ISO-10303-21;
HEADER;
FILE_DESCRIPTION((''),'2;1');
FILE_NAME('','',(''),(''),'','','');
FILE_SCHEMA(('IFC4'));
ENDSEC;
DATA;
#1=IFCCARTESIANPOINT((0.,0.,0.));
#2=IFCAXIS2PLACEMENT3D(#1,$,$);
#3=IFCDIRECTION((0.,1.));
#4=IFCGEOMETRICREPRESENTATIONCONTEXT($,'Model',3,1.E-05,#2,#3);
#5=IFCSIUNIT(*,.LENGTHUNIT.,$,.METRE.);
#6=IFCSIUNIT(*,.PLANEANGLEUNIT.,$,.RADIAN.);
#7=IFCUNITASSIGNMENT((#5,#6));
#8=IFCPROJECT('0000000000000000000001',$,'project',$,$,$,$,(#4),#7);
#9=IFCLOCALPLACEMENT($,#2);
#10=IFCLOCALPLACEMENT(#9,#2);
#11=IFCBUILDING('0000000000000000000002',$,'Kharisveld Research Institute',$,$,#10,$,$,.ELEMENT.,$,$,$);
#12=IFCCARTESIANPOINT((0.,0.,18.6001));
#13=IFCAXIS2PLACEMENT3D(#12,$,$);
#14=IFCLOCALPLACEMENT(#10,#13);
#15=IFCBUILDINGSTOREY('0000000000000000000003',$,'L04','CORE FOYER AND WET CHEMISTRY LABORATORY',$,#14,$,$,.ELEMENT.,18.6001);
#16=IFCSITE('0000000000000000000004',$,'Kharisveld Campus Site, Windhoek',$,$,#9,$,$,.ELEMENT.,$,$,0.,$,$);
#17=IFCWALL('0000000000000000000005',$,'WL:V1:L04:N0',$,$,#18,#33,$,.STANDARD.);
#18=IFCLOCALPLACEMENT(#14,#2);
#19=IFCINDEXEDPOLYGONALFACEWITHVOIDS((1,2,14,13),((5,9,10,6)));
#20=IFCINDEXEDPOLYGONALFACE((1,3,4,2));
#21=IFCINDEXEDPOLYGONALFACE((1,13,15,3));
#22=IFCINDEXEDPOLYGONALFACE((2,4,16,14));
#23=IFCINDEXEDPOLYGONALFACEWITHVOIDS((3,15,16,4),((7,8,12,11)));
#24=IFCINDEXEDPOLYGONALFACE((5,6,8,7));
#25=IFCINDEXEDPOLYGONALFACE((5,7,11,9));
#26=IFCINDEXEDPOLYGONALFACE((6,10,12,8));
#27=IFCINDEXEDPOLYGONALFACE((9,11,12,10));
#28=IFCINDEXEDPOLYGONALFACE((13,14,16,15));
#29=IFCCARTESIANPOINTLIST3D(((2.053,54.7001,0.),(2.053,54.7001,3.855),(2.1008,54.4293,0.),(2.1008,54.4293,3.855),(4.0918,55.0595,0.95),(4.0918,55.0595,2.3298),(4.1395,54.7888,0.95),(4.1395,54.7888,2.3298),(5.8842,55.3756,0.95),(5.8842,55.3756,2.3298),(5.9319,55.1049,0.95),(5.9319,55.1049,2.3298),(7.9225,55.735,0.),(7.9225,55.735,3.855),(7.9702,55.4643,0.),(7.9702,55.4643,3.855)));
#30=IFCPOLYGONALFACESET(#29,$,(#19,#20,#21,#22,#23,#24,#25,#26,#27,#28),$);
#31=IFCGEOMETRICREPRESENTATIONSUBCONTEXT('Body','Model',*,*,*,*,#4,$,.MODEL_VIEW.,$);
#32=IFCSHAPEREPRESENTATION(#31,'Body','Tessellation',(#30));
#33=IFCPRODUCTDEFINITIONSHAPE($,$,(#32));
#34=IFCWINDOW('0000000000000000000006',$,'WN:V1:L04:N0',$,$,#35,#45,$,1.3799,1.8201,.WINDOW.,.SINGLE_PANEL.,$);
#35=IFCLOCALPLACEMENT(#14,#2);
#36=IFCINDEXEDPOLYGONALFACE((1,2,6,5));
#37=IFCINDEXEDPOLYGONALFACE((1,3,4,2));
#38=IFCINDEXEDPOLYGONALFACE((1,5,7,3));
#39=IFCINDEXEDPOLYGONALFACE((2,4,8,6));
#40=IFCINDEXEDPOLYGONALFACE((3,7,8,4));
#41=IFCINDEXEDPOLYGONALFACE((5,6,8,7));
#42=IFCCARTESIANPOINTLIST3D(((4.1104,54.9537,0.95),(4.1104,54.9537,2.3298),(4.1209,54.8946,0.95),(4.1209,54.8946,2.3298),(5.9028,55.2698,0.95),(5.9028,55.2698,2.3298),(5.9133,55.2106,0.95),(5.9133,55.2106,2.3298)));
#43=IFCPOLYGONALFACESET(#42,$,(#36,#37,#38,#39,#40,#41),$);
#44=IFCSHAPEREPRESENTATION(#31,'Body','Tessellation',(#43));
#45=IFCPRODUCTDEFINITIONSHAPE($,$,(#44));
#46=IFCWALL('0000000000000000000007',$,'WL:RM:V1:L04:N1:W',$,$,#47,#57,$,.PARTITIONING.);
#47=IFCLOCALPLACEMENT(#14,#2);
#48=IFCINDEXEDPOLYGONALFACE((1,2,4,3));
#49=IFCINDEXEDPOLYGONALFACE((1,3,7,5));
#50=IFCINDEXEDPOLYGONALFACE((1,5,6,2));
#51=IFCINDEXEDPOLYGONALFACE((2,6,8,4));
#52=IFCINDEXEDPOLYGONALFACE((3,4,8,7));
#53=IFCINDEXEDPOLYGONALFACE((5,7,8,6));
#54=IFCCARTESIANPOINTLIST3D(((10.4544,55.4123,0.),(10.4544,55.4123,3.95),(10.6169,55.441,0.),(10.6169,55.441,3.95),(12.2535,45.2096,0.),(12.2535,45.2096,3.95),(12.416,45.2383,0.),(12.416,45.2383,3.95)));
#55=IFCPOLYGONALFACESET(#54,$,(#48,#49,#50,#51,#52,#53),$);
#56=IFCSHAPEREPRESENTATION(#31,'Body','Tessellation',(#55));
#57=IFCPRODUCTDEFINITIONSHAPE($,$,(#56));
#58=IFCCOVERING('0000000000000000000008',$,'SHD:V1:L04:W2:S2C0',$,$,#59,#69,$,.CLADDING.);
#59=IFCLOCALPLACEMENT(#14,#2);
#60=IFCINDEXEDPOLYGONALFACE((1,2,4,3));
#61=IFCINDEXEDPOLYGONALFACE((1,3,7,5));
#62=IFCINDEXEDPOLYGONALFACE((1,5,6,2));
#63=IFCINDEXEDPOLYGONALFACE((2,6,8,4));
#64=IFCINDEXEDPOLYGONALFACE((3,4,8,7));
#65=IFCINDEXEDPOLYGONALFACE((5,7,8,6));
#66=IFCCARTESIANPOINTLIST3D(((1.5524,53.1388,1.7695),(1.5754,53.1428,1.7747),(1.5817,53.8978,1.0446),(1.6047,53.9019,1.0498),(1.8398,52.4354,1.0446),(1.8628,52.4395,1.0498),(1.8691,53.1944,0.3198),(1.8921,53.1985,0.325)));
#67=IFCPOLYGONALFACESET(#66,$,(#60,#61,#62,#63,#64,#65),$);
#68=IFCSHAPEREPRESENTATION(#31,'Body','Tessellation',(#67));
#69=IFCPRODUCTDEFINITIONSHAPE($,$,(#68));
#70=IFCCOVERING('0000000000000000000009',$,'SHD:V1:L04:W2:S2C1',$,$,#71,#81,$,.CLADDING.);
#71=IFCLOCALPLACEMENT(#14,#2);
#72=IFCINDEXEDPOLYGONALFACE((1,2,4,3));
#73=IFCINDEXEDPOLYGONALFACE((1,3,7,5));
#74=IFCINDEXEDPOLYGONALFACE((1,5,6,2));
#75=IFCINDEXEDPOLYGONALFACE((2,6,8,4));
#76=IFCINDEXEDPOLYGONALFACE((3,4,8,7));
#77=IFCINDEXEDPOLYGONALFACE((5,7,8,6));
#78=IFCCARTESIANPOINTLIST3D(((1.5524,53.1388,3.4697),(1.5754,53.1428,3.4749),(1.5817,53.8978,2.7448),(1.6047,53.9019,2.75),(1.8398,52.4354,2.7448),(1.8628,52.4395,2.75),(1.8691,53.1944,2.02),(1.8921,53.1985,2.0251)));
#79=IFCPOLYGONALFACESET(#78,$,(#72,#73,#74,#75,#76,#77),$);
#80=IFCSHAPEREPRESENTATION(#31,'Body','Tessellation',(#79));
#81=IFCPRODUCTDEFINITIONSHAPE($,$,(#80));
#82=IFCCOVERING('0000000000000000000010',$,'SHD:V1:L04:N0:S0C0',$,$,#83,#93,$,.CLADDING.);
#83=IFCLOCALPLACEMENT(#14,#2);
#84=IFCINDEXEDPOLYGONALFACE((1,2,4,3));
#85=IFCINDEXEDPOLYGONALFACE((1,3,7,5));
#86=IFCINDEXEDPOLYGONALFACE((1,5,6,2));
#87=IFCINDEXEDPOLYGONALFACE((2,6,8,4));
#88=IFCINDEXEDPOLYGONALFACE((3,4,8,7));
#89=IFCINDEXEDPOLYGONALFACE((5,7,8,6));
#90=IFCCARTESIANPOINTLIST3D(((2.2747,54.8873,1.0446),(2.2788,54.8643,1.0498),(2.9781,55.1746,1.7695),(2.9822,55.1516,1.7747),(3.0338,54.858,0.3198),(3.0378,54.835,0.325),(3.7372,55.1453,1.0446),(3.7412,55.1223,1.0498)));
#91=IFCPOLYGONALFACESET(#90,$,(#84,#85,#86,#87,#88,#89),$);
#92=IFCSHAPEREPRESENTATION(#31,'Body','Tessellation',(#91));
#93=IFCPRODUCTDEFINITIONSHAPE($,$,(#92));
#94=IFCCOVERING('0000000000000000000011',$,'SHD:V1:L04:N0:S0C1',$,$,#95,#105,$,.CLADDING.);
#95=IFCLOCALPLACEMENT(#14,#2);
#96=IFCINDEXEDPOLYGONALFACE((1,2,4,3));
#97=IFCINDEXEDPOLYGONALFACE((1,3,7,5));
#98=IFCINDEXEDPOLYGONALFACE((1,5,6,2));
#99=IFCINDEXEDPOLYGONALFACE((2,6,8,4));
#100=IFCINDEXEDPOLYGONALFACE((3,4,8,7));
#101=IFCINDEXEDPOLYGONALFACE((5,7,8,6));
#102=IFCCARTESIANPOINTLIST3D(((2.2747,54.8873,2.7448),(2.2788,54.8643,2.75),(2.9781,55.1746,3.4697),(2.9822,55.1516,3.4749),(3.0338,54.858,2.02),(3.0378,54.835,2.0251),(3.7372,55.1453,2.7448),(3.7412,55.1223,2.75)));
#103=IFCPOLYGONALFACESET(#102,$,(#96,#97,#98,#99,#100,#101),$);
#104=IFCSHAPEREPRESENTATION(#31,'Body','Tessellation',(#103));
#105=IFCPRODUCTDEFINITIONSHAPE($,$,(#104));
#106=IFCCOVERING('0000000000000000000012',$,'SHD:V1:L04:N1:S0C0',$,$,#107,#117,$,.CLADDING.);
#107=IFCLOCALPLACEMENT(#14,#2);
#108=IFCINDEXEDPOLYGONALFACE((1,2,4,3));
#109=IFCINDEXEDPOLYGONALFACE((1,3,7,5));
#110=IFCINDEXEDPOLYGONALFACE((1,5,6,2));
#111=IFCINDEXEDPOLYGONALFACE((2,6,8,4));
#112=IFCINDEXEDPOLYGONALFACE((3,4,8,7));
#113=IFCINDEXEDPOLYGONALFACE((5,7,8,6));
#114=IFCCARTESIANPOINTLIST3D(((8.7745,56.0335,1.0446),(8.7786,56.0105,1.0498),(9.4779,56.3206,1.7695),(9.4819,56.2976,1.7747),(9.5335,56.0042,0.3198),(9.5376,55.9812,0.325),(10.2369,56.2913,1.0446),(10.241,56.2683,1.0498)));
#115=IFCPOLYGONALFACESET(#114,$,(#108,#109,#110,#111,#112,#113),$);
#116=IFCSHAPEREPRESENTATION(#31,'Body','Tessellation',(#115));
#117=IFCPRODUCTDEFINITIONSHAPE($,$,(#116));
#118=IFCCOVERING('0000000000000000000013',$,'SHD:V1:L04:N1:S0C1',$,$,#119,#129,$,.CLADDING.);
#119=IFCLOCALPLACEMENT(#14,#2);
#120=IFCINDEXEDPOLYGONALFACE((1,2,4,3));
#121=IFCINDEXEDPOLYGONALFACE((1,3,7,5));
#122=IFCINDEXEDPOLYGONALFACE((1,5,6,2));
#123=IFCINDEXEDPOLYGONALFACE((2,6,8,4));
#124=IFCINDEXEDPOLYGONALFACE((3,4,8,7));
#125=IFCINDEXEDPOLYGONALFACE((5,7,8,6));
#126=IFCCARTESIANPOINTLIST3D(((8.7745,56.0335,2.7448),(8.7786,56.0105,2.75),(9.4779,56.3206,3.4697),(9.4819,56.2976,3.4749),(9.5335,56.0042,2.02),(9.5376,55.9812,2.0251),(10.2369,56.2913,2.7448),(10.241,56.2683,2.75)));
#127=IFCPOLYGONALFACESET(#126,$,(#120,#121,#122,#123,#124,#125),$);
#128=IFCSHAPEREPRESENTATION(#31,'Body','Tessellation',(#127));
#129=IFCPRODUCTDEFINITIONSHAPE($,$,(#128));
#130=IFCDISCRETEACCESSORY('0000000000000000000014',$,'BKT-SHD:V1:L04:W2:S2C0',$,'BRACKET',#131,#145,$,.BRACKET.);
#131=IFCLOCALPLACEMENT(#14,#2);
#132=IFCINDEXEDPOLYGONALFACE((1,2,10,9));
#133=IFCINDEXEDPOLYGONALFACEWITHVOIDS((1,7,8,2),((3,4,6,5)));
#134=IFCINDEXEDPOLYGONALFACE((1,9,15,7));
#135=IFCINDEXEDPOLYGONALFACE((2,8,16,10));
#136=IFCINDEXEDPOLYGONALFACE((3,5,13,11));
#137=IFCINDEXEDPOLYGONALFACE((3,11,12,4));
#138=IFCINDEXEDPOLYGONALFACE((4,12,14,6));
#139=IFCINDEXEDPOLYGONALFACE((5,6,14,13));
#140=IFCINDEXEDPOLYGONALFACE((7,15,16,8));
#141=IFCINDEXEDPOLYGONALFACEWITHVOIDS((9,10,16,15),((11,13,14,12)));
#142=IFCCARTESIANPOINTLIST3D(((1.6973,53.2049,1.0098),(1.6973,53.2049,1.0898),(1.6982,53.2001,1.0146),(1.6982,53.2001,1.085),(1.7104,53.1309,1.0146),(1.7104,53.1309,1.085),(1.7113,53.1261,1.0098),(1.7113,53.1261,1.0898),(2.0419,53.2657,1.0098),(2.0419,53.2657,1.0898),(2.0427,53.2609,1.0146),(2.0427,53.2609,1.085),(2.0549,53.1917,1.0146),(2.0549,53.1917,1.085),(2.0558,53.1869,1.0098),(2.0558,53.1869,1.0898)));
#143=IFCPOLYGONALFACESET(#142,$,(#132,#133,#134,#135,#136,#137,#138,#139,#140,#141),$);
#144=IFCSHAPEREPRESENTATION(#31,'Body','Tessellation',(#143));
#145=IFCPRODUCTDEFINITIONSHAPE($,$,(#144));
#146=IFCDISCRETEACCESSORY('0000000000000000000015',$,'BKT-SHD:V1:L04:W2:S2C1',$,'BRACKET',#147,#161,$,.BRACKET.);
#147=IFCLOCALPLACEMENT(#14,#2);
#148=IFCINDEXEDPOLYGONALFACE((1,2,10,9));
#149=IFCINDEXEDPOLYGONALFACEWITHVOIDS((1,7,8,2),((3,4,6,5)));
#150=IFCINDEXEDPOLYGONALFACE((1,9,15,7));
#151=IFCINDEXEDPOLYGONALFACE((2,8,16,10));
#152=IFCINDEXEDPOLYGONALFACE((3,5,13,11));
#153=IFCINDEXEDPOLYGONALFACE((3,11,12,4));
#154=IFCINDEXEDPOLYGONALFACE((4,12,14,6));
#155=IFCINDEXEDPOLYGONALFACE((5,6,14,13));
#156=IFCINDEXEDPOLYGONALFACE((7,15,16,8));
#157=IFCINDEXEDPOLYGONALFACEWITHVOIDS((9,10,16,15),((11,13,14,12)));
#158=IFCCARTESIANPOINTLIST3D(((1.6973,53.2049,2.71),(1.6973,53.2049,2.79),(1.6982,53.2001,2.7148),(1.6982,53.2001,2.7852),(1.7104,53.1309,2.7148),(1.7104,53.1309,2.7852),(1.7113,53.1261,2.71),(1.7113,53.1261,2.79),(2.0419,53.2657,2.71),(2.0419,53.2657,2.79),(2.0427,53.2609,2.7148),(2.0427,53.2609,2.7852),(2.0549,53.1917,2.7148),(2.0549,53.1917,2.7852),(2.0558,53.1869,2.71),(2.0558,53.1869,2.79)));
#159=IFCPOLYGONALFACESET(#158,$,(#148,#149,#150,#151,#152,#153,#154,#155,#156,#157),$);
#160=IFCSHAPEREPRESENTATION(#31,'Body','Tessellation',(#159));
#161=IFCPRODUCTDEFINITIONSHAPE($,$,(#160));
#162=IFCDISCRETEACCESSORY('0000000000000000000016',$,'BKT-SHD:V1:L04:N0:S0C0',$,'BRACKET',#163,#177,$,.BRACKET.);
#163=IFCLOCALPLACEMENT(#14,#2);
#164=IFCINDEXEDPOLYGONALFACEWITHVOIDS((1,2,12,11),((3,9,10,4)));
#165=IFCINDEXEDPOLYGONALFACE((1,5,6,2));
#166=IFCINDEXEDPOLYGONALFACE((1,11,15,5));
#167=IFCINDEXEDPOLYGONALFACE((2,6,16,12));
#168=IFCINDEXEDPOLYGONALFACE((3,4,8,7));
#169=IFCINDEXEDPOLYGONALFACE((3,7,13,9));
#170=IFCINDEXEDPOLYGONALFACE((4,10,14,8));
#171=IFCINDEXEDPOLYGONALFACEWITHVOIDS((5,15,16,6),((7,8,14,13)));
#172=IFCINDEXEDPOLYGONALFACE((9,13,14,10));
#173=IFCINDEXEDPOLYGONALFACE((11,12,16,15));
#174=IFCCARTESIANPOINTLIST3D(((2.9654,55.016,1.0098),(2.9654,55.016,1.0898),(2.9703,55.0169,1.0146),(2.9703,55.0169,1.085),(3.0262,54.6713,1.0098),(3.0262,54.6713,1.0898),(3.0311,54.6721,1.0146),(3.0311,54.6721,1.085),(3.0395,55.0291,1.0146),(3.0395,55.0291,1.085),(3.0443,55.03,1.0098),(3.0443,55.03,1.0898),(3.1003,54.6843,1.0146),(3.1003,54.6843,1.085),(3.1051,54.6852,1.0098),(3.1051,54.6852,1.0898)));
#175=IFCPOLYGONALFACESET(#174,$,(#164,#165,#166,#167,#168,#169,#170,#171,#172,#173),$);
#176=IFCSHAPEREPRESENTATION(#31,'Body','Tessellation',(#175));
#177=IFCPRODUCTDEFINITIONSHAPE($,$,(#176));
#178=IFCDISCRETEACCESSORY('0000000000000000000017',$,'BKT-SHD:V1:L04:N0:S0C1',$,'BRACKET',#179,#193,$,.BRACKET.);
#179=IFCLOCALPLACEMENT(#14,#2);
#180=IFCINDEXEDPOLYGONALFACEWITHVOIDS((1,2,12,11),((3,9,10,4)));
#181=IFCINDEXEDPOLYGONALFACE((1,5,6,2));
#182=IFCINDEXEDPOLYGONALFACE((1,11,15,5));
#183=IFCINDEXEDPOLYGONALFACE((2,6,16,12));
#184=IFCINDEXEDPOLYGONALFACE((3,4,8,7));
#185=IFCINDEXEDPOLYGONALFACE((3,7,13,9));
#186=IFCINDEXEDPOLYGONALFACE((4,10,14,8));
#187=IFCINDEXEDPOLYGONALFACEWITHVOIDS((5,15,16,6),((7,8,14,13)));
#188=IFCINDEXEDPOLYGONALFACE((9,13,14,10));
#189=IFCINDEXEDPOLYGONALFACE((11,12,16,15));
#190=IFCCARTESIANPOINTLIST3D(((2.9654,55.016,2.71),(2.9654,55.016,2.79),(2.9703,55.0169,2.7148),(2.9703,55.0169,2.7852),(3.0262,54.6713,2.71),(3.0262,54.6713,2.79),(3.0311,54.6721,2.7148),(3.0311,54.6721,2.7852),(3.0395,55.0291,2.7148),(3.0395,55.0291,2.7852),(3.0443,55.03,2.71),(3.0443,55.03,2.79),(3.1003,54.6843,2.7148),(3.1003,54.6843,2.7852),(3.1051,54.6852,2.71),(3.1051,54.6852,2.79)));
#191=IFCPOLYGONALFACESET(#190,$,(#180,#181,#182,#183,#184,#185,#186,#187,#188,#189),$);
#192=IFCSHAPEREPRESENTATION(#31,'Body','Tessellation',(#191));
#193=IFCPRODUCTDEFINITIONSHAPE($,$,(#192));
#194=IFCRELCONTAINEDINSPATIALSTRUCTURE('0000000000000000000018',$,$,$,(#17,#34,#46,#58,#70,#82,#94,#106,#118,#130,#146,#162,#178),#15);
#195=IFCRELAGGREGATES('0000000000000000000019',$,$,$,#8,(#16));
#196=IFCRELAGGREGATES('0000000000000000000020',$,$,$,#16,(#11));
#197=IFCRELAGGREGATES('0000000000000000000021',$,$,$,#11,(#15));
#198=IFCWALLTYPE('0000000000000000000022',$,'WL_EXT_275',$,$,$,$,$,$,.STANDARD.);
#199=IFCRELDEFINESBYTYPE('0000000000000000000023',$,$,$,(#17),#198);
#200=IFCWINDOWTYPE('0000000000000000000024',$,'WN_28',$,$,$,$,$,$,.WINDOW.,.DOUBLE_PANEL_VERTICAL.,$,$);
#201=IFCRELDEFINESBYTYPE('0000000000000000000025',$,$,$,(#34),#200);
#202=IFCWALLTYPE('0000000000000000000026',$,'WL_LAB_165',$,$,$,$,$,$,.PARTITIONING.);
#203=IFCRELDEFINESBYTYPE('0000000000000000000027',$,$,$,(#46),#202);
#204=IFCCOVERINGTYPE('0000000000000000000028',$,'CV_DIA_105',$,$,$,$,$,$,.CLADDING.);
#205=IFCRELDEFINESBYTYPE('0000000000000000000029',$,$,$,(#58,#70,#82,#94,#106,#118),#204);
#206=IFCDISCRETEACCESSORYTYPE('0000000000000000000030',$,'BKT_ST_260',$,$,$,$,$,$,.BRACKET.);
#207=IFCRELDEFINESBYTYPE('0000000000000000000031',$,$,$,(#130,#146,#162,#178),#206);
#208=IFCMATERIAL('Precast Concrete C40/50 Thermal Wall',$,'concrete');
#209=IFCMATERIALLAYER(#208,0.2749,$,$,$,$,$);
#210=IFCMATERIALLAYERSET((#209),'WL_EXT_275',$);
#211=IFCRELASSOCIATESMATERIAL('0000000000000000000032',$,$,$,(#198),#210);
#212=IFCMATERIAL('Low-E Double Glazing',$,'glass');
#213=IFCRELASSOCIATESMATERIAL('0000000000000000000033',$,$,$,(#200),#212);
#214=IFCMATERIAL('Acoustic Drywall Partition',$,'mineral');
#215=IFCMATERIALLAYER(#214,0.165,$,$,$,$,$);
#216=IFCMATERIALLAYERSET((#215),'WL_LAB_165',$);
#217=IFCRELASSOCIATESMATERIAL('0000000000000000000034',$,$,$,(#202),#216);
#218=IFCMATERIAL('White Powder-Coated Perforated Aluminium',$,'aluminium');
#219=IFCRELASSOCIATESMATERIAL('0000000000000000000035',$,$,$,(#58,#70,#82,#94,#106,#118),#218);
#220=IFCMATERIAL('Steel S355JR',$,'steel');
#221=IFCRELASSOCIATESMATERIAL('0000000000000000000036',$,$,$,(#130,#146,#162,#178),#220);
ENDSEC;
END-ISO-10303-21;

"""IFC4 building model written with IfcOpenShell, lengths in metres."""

from ifc_helpers import new_model, si_unit, direction, frame, frame_2d, origin, origin_2d, place, context, subcontext, project, spatial, polyline, rectangle, hollow_rectangle, outline, extrude, material, layer, layer_set, type_object, element, fill, save


model = new_model("IFC4")

# Units and contexts
model_context = context("Model", 3, precision=1e-05, world=origin(), true_north=direction((0.0, 1.0)))
body_context = subcontext(model_context, "Body", "Model", "MODEL_VIEW")
ifc_project = project(units=[si_unit("LENGTHUNIT", "METRE"), si_unit("PLANEANGLEUNIT", "RADIAN")], contexts=[model_context])

# Site, building, storey
site_placement = place(None, origin())
site = spatial("IfcSite", under=ifc_project, at=site_placement, Name="Kharisveld Campus Site, Windhoek", CompositionType="ELEMENT", RefElevation=0.0)
building_placement = place(site_placement, origin())
building = spatial("IfcBuilding", under=site, at=building_placement, Name="Kharisveld Research Institute", CompositionType="ELEMENT")
storey_placement = place(building_placement, frame((0.0, 0.0, 18.6001)))
storey = spatial("IfcBuildingStorey", under=building, at=storey_placement, Name="L04", Description="CORE FOYER AND WET CHEMISTRY LABORATORY", CompositionType="ELEMENT", Elevation=18.6001)

# Wall, opening, window
ifc_material_1 = material(Name="Precast Concrete C40/50 Thermal Wall", Category="concrete")
ifc_layer_1 = layer(ifc_material_1, 0.2749)
ifc_layer_set_1 = layer_set([ifc_layer_1], Name="WL_EXT_275")
wall_type_1 = type_object("IfcWallType", Name="WL_EXT_275", PredefinedType="STANDARD", material=ifc_layer_set_1)
wall_1_placement = place(storey_placement, frame((2.0769, 54.5647, 0.0), z_axis=(0.0, 0.0, 1.0), x_axis=(0.984808, 0.173645, 0.0)))
wall_1 = element("IfcWall", 1, at=wall_1_placement, inside=storey, type_object=wall_type_1, Name="WL:V1:L04:N0", PredefinedType="STANDARD", context=body_context, shape_type="SweptSolid", body=[
    extrude(rectangle(XDim=5.96, YDim=0.2749, at=frame_2d((2.98, 0.0))), origin(), (0.0, 0.0, 1.0), 3.855),
])
opening_placement = place(wall_1_placement, frame((2.0701, 0.0, 0.95)))
opening = element("IfcOpeningElement", 2, at=opening_placement, cuts=wall_1, PredefinedType="OPENING", context=body_context, shape_type="SweptSolid", body=[
    extrude(rectangle(XDim=1.8201, YDim=1.3799, at=frame_2d((0.9102, 0.6899))), frame((0.0, 0.1375, 0.0), z_axis=(0.0, -1.0, 0.0), x_axis=(1.0, 0.0, 0.0)), (0.0, 0.0, 1.0), 0.2749),
])
ifc_material_2 = material(Name="Low-E Double Glazing", Category="glass")
window_type = type_object("IfcWindowType", Name="WN_28", PartitioningType="DOUBLE_PANEL_VERTICAL", PredefinedType="WINDOW", material=ifc_material_2)
window_placement = place(opening_placement, origin())
window = element("IfcWindow", 3, at=window_placement, inside=storey, type_object=window_type, Name="WN:V1:L04:N0", OverallHeight=1.3799, OverallWidth=1.8201, PartitioningType="SINGLE_PANEL", PredefinedType="WINDOW", context=body_context, shape_type="SweptSolid", body=[
    extrude(rectangle(XDim=1.8201, YDim=1.3799, at=frame_2d((0.9102, 0.6899))), frame((0.0, 0.03, 0.0), z_axis=(0.0, -1.0, 0.0), x_axis=(1.0, 0.0, 0.0)), (0.0, 0.0, 1.0), 0.0601),
])
fill(opening, window)

# Wall
ifc_material_3 = material(Name="Acoustic Drywall Partition", Category="mineral")
ifc_layer_2 = layer(ifc_material_3, 0.165)
ifc_layer_set_2 = layer_set([ifc_layer_2], Name="WL_LAB_165")
wall_type_2 = type_object("IfcWallType", Name="WL_LAB_165", PredefinedType="PARTITIONING", material=ifc_layer_set_2)
wall_2_placement = place(storey_placement, frame((10.5356, 55.4268, 0.0), z_axis=(0.0, 0.0, 1.0), x_axis=(0.173655, -0.984807, 0.0)))
element("IfcWall", 4, at=wall_2_placement, inside=storey, type_object=wall_type_2, Name="WL:RM:V1:L04:N1:W", PredefinedType="PARTITIONING", context=body_context, shape_type="SweptSolid", body=[
    extrude(rectangle(XDim=10.3601, YDim=0.165, at=frame_2d((5.1802, 0.0))), origin(), (0.0, 0.0, 1.0), 3.95),
])

# Coverings
ifc_material_4 = material(Name="White Powder-Coated Perforated Aluminium", Category="aluminium")
covering_type = type_object("IfcCoveringType", Name="CV_DIA_105", PredefinedType="CLADDING")
for number, where, z_axis, x_axis, name in (
    (5, (1.8921, 53.1985, 0.325), (0.961426, 0.169654, 0.216512), (-0.273644, 0.669811, 0.69027), "SHD:V1:L04:W2:S2C0"),
    (6, (1.8921, 53.1985, 2.0251), (0.961426, 0.169654, 0.216512), (-0.273644, 0.669811, 0.69027), "SHD:V1:L04:W2:S2C1"),
    (7, (3.0378, 54.835, 0.325), (0.169654, -0.961426, 0.216512), (0.669811, 0.273644, 0.69027), "SHD:V1:L04:N0:S0C0"),
    (8, (3.0378, 54.835, 2.0251), (0.169654, -0.961426, 0.216512), (0.669811, 0.273644, 0.69027), "SHD:V1:L04:N0:S0C1"),
):
    element("IfcCovering", number, at=place(storey_placement, frame(where, z_axis=z_axis, x_axis=x_axis)), inside=storey, type_object=covering_type, material=ifc_material_4, Name=name, PredefinedType="CLADDING", context=body_context, shape_type="SweptSolid", body=[
        extrude(outline(polyline([(0.0, 0.0), (1.0501, 0.0), (1.0501, 1.05), (0.0, 1.05), (0.0, 0.0)])), origin(), (0.0, 0.0, -1.0), 0.0239),
    ])
for number, where, z_axis, x_axis, name in (
    (9, (9.5376, 55.9812, 0.325), (0.169504, -0.961487, 0.216358), (0.669853, 0.273429, 0.690314), "SHD:V1:L04:N1:S0C0"),
    (10, (9.5376, 55.9812, 2.0251), (0.169504, -0.961487, 0.216358), (0.669853, 0.273429, 0.690314), "SHD:V1:L04:N1:S0C1"),
):
    element("IfcCovering", number, at=place(storey_placement, frame(where, z_axis=z_axis, x_axis=x_axis)), inside=storey, type_object=covering_type, material=ifc_material_4, Name=name, PredefinedType="CLADDING", context=body_context, shape_type="SweptSolid", body=[
        extrude(outline(polyline([(0.0, 0.0), (1.05, 0.0), (1.05, 1.05), (-0.0001, 1.05), (0.0, 0.0)])), origin(), (0.0, 0.0, -1.0), 0.0239),
    ])

# Discrete accessories
ifc_material_5 = material(Name="Steel S355JR", Category="steel")
discrete_accessory_type = type_object("IfcDiscreteAccessoryType", Name="BKT_ST_260", PredefinedType="BRACKET")
for number, where, z_axis, x_axis, name in (
    (11, (2.0488, 53.2263, 1.0498), (-0.984784, -0.173785, 0.0), (0.173785, -0.984784, 0.0), "BKT-SHD:V1:L04:W2:S2C0"),
    (12, (2.0488, 53.2263, 2.75), (-0.984784, -0.173785, 0.0), (0.173785, -0.984784, 0.0), "BKT-SHD:V1:L04:W2:S2C1"),
):
    element("IfcDiscreteAccessory", number, at=place(storey_placement, frame(where, z_axis=z_axis, x_axis=x_axis)), inside=storey, type_object=discrete_accessory_type, material=ifc_material_5, Name=name, ObjectType="BRACKET", PredefinedType="BRACKET", context=body_context, shape_type="SweptSolid", body=[
        extrude(hollow_rectangle(XDim=0.0801, YDim=0.0801, WallThickness=0.0049, at=origin_2d()), origin(), (0.0, 0.0, 1.0), 0.3499),
    ])
for number, where, z_axis, x_axis, name in (
    (13, (3.0657, 54.6782, 1.0498), (-0.173666, 0.984805, 0.0), (-0.984805, -0.173666, 0.0), "BKT-SHD:V1:L04:N0:S0C0"),
    (14, (3.0657, 54.6782, 2.75), (-0.173666, 0.984805, 0.0), (-0.984805, -0.173666, 0.0), "BKT-SHD:V1:L04:N0:S0C1"),
):
    element("IfcDiscreteAccessory", number, at=place(storey_placement, frame(where, z_axis=z_axis, x_axis=x_axis)), inside=storey, type_object=discrete_accessory_type, material=ifc_material_5, Name=name, ObjectType="BRACKET", PredefinedType="BRACKET", context=body_context, shape_type="SweptSolid", body=[
        extrude(hollow_rectangle(XDim=0.0801, YDim=0.0801, WallThickness=0.0049, at=origin_2d()), origin(), (0.0, 0.0, 1.0), 0.3501),
    ])

save(model, "model.ifc")
